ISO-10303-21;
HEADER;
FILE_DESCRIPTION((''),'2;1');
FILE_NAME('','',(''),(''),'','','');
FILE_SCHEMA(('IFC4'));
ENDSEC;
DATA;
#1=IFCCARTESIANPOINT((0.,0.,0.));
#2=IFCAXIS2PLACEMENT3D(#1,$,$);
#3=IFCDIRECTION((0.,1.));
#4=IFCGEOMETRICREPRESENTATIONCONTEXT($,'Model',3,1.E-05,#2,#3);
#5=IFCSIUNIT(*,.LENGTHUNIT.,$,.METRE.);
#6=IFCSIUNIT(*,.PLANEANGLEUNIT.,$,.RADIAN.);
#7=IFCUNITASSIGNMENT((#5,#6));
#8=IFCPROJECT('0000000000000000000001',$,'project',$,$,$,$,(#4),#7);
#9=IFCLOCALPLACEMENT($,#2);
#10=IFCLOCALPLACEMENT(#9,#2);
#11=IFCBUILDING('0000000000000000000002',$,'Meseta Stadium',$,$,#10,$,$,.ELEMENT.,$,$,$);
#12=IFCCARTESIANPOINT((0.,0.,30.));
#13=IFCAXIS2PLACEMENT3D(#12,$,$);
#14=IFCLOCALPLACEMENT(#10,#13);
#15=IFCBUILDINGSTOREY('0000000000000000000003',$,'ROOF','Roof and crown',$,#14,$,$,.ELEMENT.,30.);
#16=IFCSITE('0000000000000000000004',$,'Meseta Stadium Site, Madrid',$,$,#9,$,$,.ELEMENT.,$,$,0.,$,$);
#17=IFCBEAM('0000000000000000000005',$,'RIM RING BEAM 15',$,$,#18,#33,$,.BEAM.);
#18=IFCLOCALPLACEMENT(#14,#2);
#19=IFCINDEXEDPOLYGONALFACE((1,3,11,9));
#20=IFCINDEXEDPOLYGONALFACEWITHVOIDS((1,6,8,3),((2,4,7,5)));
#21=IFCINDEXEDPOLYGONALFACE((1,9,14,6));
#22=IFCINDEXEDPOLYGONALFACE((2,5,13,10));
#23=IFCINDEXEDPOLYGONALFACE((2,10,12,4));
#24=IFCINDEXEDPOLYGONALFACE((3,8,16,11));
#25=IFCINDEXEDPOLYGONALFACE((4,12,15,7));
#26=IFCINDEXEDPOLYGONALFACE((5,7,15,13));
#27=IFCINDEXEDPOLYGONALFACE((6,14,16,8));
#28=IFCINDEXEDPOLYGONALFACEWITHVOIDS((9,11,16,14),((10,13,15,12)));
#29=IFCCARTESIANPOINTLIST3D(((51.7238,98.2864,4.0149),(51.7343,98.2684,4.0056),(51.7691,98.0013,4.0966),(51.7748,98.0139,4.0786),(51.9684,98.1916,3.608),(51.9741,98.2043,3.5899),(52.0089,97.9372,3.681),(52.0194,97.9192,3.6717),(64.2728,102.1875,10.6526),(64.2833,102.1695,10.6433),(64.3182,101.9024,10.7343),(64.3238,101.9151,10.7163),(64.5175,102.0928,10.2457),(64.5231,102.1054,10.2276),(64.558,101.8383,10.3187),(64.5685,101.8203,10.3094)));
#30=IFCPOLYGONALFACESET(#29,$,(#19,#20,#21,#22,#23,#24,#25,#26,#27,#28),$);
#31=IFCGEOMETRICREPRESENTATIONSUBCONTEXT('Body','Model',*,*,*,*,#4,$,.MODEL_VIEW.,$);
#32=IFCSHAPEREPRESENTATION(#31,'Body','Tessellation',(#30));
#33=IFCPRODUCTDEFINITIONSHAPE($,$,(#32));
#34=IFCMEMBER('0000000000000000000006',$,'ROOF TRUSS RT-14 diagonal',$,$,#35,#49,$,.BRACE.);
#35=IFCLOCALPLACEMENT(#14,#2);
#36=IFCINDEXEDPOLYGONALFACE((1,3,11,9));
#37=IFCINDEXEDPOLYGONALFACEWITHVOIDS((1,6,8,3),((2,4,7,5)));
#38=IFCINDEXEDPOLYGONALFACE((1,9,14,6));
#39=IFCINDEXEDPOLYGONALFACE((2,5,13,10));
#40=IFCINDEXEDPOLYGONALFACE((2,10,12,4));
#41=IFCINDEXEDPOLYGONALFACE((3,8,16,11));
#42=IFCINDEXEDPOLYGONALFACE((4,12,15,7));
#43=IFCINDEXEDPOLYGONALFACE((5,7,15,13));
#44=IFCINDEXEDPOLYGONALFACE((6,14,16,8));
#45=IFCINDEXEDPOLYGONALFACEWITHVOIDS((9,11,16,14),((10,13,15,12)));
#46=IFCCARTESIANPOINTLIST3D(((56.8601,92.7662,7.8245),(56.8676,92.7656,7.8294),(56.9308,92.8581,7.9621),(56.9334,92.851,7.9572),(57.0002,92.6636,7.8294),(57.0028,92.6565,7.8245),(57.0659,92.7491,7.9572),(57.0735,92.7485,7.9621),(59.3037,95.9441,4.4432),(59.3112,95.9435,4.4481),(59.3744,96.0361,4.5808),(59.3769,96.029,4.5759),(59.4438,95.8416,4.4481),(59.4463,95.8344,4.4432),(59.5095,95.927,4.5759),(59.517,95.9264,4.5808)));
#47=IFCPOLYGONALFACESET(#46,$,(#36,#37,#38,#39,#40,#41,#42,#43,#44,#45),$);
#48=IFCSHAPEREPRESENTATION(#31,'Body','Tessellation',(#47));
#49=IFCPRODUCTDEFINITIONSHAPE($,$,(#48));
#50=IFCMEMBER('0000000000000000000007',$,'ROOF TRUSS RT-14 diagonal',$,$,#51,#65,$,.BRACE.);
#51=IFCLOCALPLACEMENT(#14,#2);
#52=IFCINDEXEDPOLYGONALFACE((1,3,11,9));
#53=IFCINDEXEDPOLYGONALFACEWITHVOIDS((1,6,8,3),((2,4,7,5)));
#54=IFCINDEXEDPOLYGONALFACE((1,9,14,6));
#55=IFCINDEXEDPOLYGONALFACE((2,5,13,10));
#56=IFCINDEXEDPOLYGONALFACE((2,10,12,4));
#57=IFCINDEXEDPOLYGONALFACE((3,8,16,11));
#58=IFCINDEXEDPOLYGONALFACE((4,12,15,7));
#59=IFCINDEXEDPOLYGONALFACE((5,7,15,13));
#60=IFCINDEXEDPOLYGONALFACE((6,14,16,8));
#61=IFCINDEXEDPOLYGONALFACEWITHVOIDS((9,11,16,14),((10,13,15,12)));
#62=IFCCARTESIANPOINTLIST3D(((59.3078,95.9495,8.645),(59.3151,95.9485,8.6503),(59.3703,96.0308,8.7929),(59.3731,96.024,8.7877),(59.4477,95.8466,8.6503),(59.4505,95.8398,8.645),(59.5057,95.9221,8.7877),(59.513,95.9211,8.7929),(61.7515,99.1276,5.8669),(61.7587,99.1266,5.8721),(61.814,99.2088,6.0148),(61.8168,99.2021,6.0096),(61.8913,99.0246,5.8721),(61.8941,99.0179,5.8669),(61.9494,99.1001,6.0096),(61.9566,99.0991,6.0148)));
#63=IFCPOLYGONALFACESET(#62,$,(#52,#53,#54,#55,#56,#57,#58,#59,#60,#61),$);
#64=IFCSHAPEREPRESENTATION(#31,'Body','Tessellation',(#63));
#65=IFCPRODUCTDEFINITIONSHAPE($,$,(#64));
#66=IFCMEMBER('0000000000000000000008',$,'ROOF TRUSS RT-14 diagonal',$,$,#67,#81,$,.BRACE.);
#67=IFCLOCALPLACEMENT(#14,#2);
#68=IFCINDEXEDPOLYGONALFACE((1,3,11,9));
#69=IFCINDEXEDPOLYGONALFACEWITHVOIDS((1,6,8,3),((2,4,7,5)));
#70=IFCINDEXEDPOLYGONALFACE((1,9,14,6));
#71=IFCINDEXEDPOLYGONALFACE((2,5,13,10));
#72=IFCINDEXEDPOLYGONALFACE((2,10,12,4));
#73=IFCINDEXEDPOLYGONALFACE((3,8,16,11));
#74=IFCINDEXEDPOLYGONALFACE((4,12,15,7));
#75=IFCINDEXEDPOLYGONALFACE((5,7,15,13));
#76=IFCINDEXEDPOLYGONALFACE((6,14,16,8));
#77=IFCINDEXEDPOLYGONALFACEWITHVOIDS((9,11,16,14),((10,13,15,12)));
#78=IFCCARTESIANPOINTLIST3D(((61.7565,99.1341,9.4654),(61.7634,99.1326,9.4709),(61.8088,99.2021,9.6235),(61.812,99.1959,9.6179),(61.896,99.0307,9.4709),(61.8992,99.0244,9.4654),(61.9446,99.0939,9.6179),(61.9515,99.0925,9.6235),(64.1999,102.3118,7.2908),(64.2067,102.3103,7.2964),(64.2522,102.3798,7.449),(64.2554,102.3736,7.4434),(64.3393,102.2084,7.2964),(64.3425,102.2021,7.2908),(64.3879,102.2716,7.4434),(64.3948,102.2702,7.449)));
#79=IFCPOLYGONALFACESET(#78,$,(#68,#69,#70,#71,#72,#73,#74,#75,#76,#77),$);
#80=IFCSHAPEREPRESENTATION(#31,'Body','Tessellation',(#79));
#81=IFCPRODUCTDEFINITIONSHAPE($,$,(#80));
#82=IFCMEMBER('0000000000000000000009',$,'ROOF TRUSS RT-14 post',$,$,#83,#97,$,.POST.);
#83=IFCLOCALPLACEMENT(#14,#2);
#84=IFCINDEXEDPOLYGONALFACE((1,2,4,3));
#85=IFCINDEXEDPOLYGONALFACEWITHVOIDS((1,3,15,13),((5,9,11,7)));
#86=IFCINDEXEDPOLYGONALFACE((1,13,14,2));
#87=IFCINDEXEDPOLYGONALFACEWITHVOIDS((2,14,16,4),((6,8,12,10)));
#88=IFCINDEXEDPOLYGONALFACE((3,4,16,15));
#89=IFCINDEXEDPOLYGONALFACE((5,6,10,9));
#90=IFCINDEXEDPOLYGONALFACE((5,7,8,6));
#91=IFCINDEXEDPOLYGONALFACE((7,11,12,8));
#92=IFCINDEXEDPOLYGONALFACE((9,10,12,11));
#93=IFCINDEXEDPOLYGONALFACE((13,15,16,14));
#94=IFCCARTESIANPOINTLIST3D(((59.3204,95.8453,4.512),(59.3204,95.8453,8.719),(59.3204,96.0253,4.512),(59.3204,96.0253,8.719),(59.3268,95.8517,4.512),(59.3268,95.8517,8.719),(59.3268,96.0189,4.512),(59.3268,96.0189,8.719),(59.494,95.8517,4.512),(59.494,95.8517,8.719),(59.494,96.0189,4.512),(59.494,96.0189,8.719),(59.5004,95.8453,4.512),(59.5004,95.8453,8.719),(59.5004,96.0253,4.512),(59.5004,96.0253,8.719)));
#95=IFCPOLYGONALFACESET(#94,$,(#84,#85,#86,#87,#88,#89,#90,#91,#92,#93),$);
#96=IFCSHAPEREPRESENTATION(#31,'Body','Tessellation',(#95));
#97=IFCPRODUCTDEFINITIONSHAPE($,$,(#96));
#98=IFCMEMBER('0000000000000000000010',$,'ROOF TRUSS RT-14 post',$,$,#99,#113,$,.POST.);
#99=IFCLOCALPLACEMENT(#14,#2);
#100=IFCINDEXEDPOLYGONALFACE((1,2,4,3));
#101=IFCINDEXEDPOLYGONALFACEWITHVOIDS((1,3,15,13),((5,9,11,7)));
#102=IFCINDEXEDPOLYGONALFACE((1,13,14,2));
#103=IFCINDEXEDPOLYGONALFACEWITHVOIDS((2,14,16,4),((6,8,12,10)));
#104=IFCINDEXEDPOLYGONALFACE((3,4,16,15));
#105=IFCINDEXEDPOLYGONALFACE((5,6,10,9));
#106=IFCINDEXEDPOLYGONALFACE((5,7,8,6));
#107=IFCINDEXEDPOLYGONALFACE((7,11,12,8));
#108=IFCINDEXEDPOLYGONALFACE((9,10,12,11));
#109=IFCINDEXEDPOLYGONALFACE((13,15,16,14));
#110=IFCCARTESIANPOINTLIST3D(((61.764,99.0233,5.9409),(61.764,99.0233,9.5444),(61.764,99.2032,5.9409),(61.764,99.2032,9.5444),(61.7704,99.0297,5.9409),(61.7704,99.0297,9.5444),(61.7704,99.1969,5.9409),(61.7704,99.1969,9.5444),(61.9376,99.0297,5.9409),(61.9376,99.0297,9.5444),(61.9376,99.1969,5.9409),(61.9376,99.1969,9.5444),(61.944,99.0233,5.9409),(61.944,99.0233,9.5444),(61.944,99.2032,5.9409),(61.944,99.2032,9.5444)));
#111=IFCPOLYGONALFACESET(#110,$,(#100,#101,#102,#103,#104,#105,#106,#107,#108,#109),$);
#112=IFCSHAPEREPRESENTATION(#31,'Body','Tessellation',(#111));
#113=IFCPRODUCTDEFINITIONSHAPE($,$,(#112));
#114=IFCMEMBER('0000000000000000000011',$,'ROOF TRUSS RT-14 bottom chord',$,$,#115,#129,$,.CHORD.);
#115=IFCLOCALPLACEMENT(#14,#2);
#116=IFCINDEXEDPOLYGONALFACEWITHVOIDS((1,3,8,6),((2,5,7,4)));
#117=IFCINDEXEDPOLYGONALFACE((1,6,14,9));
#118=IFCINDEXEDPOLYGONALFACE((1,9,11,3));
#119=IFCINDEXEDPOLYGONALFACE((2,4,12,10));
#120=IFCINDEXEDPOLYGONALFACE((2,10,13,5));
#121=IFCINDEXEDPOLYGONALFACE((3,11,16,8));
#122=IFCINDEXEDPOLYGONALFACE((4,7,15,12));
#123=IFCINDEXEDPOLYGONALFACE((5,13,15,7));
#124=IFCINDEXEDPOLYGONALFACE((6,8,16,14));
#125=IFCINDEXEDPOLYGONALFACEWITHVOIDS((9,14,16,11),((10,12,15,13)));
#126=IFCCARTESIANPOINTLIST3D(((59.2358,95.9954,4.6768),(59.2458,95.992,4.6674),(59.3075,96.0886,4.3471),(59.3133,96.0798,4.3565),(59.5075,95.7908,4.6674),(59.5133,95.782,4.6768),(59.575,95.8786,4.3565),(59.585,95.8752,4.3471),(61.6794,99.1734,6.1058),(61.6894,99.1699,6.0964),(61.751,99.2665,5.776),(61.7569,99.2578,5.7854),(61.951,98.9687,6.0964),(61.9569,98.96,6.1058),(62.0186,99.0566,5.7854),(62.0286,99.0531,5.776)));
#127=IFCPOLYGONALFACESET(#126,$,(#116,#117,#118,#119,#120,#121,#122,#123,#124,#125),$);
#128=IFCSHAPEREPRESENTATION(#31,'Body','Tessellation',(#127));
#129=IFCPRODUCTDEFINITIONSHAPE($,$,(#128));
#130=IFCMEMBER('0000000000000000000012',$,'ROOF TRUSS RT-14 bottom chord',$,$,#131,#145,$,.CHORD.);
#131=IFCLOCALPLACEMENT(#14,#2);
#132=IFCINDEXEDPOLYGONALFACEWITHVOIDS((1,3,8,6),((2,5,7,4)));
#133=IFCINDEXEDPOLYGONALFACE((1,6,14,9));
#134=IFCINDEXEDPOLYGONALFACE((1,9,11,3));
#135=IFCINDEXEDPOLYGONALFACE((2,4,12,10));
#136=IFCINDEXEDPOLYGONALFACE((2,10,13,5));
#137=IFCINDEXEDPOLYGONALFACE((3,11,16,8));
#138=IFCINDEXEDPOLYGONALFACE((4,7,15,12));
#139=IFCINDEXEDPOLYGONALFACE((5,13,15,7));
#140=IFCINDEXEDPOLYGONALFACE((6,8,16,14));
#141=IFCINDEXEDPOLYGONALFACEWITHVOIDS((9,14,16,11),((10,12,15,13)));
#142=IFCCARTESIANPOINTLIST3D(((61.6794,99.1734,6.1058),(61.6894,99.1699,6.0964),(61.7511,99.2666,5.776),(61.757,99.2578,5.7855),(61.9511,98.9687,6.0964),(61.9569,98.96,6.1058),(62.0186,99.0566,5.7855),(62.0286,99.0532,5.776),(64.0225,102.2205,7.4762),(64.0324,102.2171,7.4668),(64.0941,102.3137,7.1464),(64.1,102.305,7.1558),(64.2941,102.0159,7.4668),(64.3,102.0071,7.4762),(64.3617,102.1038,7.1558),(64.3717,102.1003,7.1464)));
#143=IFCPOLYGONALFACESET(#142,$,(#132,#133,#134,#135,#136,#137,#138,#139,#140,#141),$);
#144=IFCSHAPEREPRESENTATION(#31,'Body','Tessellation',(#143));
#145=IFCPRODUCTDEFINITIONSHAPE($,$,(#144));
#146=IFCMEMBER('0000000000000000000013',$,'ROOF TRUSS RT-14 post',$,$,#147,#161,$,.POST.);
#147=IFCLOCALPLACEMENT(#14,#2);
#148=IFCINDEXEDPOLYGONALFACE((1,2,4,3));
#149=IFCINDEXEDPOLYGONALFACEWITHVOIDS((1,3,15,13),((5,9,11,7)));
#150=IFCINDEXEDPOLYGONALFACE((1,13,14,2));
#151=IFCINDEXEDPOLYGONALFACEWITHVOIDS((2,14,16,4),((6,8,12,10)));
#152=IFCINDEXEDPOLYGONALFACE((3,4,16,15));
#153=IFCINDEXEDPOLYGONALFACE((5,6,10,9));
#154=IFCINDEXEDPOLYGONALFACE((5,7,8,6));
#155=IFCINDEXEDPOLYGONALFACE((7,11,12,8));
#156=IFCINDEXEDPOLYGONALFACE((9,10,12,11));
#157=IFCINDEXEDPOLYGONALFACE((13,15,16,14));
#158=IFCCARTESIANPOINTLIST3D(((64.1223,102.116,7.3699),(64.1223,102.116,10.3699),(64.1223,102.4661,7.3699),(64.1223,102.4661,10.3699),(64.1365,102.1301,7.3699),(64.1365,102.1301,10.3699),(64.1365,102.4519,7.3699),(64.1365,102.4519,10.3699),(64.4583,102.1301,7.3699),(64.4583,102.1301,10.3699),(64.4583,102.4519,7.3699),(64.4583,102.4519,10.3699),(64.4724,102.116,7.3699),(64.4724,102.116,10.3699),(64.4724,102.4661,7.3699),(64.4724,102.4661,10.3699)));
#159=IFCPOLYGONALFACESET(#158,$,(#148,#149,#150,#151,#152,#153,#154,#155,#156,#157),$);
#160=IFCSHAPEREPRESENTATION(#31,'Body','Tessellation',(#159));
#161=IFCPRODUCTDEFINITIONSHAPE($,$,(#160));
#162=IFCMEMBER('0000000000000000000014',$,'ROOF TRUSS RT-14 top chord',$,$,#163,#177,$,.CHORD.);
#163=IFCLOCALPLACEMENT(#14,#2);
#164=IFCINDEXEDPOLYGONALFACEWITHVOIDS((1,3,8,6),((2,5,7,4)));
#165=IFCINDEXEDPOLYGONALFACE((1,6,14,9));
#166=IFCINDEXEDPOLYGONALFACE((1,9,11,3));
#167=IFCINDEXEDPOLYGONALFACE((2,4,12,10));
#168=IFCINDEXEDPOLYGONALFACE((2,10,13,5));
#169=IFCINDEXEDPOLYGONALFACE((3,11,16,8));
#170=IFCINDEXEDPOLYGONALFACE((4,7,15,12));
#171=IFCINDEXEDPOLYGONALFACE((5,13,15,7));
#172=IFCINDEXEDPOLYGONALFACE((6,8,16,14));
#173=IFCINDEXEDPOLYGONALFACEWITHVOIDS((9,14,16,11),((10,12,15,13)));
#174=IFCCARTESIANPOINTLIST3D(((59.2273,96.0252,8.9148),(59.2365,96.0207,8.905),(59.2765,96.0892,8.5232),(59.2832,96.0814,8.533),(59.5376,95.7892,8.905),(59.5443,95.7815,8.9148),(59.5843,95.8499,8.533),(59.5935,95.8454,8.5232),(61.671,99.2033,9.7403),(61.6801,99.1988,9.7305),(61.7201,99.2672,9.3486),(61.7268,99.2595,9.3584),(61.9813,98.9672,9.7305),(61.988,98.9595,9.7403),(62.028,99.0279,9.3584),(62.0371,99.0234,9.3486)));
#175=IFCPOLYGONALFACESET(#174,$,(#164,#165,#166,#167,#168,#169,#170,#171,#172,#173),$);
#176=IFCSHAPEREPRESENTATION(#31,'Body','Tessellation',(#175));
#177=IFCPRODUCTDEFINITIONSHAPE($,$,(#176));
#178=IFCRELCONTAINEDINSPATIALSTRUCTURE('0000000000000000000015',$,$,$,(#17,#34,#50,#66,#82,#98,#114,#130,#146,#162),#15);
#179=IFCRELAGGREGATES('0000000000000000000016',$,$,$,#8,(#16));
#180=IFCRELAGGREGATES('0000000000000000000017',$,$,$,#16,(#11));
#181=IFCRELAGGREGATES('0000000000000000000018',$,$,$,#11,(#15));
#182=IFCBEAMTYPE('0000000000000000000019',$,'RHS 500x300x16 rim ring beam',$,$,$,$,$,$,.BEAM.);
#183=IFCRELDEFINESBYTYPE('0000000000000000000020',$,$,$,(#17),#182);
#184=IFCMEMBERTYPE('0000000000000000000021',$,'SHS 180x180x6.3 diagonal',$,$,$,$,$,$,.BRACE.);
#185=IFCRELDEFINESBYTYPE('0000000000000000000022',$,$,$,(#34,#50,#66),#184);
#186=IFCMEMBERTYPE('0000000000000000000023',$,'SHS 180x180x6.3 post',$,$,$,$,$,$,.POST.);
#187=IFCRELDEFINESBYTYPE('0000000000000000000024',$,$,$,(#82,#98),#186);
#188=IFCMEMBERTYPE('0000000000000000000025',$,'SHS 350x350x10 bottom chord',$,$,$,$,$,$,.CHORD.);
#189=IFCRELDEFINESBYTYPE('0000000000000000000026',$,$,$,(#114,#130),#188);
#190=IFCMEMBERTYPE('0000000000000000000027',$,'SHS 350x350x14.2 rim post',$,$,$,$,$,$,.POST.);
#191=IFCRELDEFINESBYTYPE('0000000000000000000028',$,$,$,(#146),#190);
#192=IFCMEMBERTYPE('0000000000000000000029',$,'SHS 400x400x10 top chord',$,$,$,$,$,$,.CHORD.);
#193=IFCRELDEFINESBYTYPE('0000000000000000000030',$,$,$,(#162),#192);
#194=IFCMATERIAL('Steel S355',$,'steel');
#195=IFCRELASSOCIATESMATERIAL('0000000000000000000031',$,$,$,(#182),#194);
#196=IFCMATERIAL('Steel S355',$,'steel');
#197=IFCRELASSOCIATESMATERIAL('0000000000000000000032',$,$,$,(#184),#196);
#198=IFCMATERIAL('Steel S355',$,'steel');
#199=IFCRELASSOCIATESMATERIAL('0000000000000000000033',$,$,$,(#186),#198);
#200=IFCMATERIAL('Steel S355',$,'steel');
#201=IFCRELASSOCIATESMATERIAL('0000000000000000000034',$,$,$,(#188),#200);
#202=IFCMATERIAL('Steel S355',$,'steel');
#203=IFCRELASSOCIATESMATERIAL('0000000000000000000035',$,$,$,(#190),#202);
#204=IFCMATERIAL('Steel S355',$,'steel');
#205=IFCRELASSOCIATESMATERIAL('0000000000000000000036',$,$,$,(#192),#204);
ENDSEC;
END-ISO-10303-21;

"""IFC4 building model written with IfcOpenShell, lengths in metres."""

from ifc_helpers import new_model, si_unit, direction, frame, origin, origin_2d, place, context, subcontext, project, spatial, hollow_rectangle, extrude, material, material_profile, profile_set, type_object, element, save


model = new_model("IFC4")

# Units and contexts
model_context = context("Model", 3, precision=1e-05, world=origin(), true_north=direction((0.0, 1.0)))
body_context = subcontext(model_context, "Body", "Model", "MODEL_VIEW")
ifc_project = project(units=[si_unit("LENGTHUNIT", "METRE"), si_unit("PLANEANGLEUNIT", "RADIAN")], contexts=[model_context])

# Site, building, storey
site_placement = place(None, origin())
site = spatial("IfcSite", under=ifc_project, at=site_placement, Name="Meseta Stadium Site, Madrid", CompositionType="ELEMENT", RefElevation=0.0)
building_placement = place(site_placement, origin())
building = spatial("IfcBuilding", under=site, at=building_placement, Name="Meseta Stadium", CompositionType="ELEMENT")
storey_placement = place(building_placement, frame((0.0, 0.0, 30.0)))
storey = spatial("IfcBuildingStorey", under=building, at=storey_placement, Name="ROOF", Description="Roof and crown", CompositionType="ELEMENT", Elevation=30.0)

# Beam
ifc_material_1 = material(Name="Steel S355", Category="steel")
ifc_material_profile_1 = material_profile(ifc_material_1, hollow_rectangle(XDim=0.3, YDim=0.5, WallThickness=0.0161, at=origin_2d()), Name="RHS 500x300x16")
ifc_profile_set_1 = profile_set([ifc_material_profile_1], Name="Steel S355")
beam_type = type_object("IfcBeamType", Name="RHS 500x300x16 rim ring beam", PredefinedType="BEAM", material=ifc_profile_set_1)
beam_placement = place(storey_placement, frame((64.4207, 102.0039, 10.481), z_axis=(-0.852364, -0.264974, -0.450849), x_axis=(0.15122, -0.950183, 0.272552)))
element("IfcBeam", 1, at=beam_placement, inside=storey, type_object=beam_type, Name="RIM RING BEAM 15", PredefinedType="BEAM", context=body_context, shape_type="SweptSolid", body=[
    extrude(hollow_rectangle(XDim=0.3, YDim=0.5, WallThickness=0.0161, at=origin_2d()), origin(), (0.0, 0.0, 1.0), 14.7227),
])

# Members
ifc_material_2 = material(Name="Steel S355", Category="steel")
ifc_material_profile_2 = material_profile(ifc_material_2, hollow_rectangle(XDim=0.1799, YDim=0.1799, WallThickness=0.0063, at=origin_2d()), Name="SHS 180x180x6.3")
ifc_profile_set_2 = profile_set([ifc_material_profile_2], Name="Steel S355")
member_type_1 = type_object("IfcMemberType", Name="SHS 180x180x6.3 diagonal", PredefinedType="BRACE", material=ifc_profile_set_2)
member_1_placement = place(storey_placement, frame((56.9668, 92.7573, 7.8933), z_axis=(0.465941, 0.60597, -0.644748), x_axis=(-0.792744, 0.609555, 0.0)))
element("IfcMember", 2, at=member_1_placement, inside=storey, type_object=member_type_1, Name="ROOF TRUSS RT-14 diagonal", PredefinedType="BRACE", context=body_context, shape_type="SweptSolid", body=[
    extrude(hollow_rectangle(XDim=0.1799, YDim=0.1799, WallThickness=0.0063, at=origin_2d()), origin(), (0.0, 0.0, 1.0), 5.2444),
])
member_2_placement = place(storey_placement, frame((59.4104, 95.9353, 8.719), z_axis=(0.501011, 0.65158, -0.569588), x_axis=(-0.792744, 0.609555, 0.0)))
element("IfcMember", 3, at=member_2_placement, inside=storey, type_object=member_type_1, Name="ROOF TRUSS RT-14 diagonal", PredefinedType="BRACE", context=body_context, shape_type="SweptSolid", body=[
    extrude(hollow_rectangle(XDim=0.1799, YDim=0.1799, WallThickness=0.0063, at=origin_2d()), origin(), (0.0, 0.0, 1.0), 4.8774),
])
member_3_placement = place(storey_placement, frame((61.854, 99.1133, 9.5444), z_axis=(0.535784, 0.696819, -0.476842), x_axis=(-0.792751, 0.609546, 0.0)))
element("IfcMember", 4, at=member_3_placement, inside=storey, type_object=member_type_1, Name="ROOF TRUSS RT-14 diagonal", PredefinedType="BRACE", context=body_context, shape_type="SweptSolid", body=[
    extrude(hollow_rectangle(XDim=0.1799, YDim=0.1799, WallThickness=0.0063, at=origin_2d()), origin(), (0.0, 0.0, 1.0), 4.5603),
])
ifc_material_3 = material(Name="Steel S355", Category="steel")
ifc_material_profile_3 = material_profile(ifc_material_3, hollow_rectangle(XDim=0.1799, YDim=0.1799, WallThickness=0.0063, at=origin_2d()), Name="SHS 180x180x6.3")
ifc_profile_set_3 = profile_set([ifc_material_profile_3], Name="Steel S355")
member_type_2 = type_object("IfcMemberType", Name="SHS 180x180x6.3 post", PredefinedType="POST", material=ifc_profile_set_3)
member_4_placement = place(storey_placement, frame((59.4104, 95.9353, 4.512), z_axis=(0.0, 0.0, 1.0), x_axis=(1.0, 0.0, 0.0)))
element("IfcMember", 5, at=member_4_placement, inside=storey, type_object=member_type_2, Name="ROOF TRUSS RT-14 post", PredefinedType="POST", context=body_context, shape_type="SweptSolid", body=[
    extrude(hollow_rectangle(XDim=0.1799, YDim=0.1799, WallThickness=0.0063, at=origin_2d()), origin(), (0.0, 0.0, 1.0), 4.207),
])
member_5_placement = place(storey_placement, frame((61.854, 99.1133, 5.9409), z_axis=(0.0, 0.0, 1.0), x_axis=(1.0, 0.0, 0.0)))
element("IfcMember", 6, at=member_5_placement, inside=storey, type_object=member_type_2, Name="ROOF TRUSS RT-14 post", PredefinedType="POST", context=body_context, shape_type="SweptSolid", body=[
    extrude(hollow_rectangle(XDim=0.1799, YDim=0.1799, WallThickness=0.0063, at=origin_2d()), origin(), (0.0, 0.0, 1.0), 3.6035),
])
ifc_material_4 = material(Name="Steel S355", Category="steel")
ifc_material_profile_4 = material_profile(ifc_material_4, hollow_rectangle(XDim=0.3501, YDim=0.3501, WallThickness=0.01, at=origin_2d()), Name="SHS 350x350x10")
ifc_profile_set_4 = profile_set([ifc_material_profile_4], Name="Steel S355")
member_type_3 = type_object("IfcMemberType", Name="SHS 350x350x10 bottom chord", PredefinedType="CHORD", material=ifc_profile_set_4)
member_6_placement = place(storey_placement, frame((59.4104, 95.9353, 4.512), z_axis=(0.574169, 0.746724, 0.335759), x_axis=(-0.792744, 0.609555, 0.0)))
element("IfcMember", 7, at=member_6_placement, inside=storey, type_object=member_type_3, Name="ROOF TRUSS RT-14 bottom chord", PredefinedType="CHORD", context=body_context, shape_type="SweptSolid", body=[
    extrude(hollow_rectangle(XDim=0.3501, YDim=0.3501, WallThickness=0.01, at=origin_2d()), origin(), (0.0, 0.0, 1.0), 4.2559),
])
member_7_placement = place(storey_placement, frame((61.854, 99.1133, 5.9409), z_axis=(0.574163, 0.746705, 0.335811), x_axis=(-0.79274, 0.60956, 0.0)))
element("IfcMember", 8, at=member_7_placement, inside=storey, type_object=member_type_3, Name="ROOF TRUSS RT-14 bottom chord", PredefinedType="CHORD", context=body_context, shape_type="SweptSolid", body=[
    extrude(hollow_rectangle(XDim=0.3501, YDim=0.3501, WallThickness=0.01, at=origin_2d()), origin(), (0.0, 0.0, 1.0), 4.0808),
])
ifc_material_5 = material(Name="Steel S355", Category="steel")
ifc_material_profile_5 = material_profile(ifc_material_5, hollow_rectangle(XDim=0.3501, YDim=0.3501, WallThickness=0.0142, at=origin_2d()), Name="SHS 350x350x14.2")
ifc_profile_set_5 = profile_set([ifc_material_profile_5], Name="Steel S355")
member_type_4 = type_object("IfcMemberType", Name="SHS 350x350x14.2 rim post", PredefinedType="POST", material=ifc_profile_set_5)
member_8_placement = place(storey_placement, frame((64.2974, 102.291, 7.3699), z_axis=(0.0, 0.0, 1.0), x_axis=(1.0, 0.0, 0.0)))
element("IfcMember", 9, at=member_8_placement, inside=storey, type_object=member_type_4, Name="ROOF TRUSS RT-14 post", PredefinedType="POST", context=body_context, shape_type="SweptSolid", body=[
    extrude(hollow_rectangle(XDim=0.3501, YDim=0.3501, WallThickness=0.0142, at=origin_2d()), origin(), (0.0, 0.0, 1.0), 3.0),
])
ifc_material_6 = material(Name="Steel S355", Category="steel")
ifc_material_profile_6 = material_profile(ifc_material_6, hollow_rectangle(XDim=0.3999, YDim=0.3999, WallThickness=0.01, at=origin_2d()), Name="SHS 400x400x10")
ifc_profile_set_6 = profile_set([ifc_material_profile_6], Name="Steel S355")
member_type_5 = type_object("IfcMemberType", Name="SHS 400x400x10 top chord", PredefinedType="CHORD", material=ifc_profile_set_6)
member_9_placement = place(storey_placement, frame((59.4104, 95.9353, 8.719), z_axis=(0.59703, 0.776455, 0.201674), x_axis=(-0.792744, 0.609555, 0.0)))
element("IfcMember", 10, at=member_9_placement, inside=storey, type_object=member_type_5, Name="ROOF TRUSS RT-14 top chord", PredefinedType="CHORD", context=body_context, shape_type="SweptSolid", body=[
    extrude(hollow_rectangle(XDim=0.3999, YDim=0.3999, WallThickness=0.01, at=origin_2d()), origin(), (0.0, 0.0, 1.0), 4.093),
])

save(model, "model.ifc")
